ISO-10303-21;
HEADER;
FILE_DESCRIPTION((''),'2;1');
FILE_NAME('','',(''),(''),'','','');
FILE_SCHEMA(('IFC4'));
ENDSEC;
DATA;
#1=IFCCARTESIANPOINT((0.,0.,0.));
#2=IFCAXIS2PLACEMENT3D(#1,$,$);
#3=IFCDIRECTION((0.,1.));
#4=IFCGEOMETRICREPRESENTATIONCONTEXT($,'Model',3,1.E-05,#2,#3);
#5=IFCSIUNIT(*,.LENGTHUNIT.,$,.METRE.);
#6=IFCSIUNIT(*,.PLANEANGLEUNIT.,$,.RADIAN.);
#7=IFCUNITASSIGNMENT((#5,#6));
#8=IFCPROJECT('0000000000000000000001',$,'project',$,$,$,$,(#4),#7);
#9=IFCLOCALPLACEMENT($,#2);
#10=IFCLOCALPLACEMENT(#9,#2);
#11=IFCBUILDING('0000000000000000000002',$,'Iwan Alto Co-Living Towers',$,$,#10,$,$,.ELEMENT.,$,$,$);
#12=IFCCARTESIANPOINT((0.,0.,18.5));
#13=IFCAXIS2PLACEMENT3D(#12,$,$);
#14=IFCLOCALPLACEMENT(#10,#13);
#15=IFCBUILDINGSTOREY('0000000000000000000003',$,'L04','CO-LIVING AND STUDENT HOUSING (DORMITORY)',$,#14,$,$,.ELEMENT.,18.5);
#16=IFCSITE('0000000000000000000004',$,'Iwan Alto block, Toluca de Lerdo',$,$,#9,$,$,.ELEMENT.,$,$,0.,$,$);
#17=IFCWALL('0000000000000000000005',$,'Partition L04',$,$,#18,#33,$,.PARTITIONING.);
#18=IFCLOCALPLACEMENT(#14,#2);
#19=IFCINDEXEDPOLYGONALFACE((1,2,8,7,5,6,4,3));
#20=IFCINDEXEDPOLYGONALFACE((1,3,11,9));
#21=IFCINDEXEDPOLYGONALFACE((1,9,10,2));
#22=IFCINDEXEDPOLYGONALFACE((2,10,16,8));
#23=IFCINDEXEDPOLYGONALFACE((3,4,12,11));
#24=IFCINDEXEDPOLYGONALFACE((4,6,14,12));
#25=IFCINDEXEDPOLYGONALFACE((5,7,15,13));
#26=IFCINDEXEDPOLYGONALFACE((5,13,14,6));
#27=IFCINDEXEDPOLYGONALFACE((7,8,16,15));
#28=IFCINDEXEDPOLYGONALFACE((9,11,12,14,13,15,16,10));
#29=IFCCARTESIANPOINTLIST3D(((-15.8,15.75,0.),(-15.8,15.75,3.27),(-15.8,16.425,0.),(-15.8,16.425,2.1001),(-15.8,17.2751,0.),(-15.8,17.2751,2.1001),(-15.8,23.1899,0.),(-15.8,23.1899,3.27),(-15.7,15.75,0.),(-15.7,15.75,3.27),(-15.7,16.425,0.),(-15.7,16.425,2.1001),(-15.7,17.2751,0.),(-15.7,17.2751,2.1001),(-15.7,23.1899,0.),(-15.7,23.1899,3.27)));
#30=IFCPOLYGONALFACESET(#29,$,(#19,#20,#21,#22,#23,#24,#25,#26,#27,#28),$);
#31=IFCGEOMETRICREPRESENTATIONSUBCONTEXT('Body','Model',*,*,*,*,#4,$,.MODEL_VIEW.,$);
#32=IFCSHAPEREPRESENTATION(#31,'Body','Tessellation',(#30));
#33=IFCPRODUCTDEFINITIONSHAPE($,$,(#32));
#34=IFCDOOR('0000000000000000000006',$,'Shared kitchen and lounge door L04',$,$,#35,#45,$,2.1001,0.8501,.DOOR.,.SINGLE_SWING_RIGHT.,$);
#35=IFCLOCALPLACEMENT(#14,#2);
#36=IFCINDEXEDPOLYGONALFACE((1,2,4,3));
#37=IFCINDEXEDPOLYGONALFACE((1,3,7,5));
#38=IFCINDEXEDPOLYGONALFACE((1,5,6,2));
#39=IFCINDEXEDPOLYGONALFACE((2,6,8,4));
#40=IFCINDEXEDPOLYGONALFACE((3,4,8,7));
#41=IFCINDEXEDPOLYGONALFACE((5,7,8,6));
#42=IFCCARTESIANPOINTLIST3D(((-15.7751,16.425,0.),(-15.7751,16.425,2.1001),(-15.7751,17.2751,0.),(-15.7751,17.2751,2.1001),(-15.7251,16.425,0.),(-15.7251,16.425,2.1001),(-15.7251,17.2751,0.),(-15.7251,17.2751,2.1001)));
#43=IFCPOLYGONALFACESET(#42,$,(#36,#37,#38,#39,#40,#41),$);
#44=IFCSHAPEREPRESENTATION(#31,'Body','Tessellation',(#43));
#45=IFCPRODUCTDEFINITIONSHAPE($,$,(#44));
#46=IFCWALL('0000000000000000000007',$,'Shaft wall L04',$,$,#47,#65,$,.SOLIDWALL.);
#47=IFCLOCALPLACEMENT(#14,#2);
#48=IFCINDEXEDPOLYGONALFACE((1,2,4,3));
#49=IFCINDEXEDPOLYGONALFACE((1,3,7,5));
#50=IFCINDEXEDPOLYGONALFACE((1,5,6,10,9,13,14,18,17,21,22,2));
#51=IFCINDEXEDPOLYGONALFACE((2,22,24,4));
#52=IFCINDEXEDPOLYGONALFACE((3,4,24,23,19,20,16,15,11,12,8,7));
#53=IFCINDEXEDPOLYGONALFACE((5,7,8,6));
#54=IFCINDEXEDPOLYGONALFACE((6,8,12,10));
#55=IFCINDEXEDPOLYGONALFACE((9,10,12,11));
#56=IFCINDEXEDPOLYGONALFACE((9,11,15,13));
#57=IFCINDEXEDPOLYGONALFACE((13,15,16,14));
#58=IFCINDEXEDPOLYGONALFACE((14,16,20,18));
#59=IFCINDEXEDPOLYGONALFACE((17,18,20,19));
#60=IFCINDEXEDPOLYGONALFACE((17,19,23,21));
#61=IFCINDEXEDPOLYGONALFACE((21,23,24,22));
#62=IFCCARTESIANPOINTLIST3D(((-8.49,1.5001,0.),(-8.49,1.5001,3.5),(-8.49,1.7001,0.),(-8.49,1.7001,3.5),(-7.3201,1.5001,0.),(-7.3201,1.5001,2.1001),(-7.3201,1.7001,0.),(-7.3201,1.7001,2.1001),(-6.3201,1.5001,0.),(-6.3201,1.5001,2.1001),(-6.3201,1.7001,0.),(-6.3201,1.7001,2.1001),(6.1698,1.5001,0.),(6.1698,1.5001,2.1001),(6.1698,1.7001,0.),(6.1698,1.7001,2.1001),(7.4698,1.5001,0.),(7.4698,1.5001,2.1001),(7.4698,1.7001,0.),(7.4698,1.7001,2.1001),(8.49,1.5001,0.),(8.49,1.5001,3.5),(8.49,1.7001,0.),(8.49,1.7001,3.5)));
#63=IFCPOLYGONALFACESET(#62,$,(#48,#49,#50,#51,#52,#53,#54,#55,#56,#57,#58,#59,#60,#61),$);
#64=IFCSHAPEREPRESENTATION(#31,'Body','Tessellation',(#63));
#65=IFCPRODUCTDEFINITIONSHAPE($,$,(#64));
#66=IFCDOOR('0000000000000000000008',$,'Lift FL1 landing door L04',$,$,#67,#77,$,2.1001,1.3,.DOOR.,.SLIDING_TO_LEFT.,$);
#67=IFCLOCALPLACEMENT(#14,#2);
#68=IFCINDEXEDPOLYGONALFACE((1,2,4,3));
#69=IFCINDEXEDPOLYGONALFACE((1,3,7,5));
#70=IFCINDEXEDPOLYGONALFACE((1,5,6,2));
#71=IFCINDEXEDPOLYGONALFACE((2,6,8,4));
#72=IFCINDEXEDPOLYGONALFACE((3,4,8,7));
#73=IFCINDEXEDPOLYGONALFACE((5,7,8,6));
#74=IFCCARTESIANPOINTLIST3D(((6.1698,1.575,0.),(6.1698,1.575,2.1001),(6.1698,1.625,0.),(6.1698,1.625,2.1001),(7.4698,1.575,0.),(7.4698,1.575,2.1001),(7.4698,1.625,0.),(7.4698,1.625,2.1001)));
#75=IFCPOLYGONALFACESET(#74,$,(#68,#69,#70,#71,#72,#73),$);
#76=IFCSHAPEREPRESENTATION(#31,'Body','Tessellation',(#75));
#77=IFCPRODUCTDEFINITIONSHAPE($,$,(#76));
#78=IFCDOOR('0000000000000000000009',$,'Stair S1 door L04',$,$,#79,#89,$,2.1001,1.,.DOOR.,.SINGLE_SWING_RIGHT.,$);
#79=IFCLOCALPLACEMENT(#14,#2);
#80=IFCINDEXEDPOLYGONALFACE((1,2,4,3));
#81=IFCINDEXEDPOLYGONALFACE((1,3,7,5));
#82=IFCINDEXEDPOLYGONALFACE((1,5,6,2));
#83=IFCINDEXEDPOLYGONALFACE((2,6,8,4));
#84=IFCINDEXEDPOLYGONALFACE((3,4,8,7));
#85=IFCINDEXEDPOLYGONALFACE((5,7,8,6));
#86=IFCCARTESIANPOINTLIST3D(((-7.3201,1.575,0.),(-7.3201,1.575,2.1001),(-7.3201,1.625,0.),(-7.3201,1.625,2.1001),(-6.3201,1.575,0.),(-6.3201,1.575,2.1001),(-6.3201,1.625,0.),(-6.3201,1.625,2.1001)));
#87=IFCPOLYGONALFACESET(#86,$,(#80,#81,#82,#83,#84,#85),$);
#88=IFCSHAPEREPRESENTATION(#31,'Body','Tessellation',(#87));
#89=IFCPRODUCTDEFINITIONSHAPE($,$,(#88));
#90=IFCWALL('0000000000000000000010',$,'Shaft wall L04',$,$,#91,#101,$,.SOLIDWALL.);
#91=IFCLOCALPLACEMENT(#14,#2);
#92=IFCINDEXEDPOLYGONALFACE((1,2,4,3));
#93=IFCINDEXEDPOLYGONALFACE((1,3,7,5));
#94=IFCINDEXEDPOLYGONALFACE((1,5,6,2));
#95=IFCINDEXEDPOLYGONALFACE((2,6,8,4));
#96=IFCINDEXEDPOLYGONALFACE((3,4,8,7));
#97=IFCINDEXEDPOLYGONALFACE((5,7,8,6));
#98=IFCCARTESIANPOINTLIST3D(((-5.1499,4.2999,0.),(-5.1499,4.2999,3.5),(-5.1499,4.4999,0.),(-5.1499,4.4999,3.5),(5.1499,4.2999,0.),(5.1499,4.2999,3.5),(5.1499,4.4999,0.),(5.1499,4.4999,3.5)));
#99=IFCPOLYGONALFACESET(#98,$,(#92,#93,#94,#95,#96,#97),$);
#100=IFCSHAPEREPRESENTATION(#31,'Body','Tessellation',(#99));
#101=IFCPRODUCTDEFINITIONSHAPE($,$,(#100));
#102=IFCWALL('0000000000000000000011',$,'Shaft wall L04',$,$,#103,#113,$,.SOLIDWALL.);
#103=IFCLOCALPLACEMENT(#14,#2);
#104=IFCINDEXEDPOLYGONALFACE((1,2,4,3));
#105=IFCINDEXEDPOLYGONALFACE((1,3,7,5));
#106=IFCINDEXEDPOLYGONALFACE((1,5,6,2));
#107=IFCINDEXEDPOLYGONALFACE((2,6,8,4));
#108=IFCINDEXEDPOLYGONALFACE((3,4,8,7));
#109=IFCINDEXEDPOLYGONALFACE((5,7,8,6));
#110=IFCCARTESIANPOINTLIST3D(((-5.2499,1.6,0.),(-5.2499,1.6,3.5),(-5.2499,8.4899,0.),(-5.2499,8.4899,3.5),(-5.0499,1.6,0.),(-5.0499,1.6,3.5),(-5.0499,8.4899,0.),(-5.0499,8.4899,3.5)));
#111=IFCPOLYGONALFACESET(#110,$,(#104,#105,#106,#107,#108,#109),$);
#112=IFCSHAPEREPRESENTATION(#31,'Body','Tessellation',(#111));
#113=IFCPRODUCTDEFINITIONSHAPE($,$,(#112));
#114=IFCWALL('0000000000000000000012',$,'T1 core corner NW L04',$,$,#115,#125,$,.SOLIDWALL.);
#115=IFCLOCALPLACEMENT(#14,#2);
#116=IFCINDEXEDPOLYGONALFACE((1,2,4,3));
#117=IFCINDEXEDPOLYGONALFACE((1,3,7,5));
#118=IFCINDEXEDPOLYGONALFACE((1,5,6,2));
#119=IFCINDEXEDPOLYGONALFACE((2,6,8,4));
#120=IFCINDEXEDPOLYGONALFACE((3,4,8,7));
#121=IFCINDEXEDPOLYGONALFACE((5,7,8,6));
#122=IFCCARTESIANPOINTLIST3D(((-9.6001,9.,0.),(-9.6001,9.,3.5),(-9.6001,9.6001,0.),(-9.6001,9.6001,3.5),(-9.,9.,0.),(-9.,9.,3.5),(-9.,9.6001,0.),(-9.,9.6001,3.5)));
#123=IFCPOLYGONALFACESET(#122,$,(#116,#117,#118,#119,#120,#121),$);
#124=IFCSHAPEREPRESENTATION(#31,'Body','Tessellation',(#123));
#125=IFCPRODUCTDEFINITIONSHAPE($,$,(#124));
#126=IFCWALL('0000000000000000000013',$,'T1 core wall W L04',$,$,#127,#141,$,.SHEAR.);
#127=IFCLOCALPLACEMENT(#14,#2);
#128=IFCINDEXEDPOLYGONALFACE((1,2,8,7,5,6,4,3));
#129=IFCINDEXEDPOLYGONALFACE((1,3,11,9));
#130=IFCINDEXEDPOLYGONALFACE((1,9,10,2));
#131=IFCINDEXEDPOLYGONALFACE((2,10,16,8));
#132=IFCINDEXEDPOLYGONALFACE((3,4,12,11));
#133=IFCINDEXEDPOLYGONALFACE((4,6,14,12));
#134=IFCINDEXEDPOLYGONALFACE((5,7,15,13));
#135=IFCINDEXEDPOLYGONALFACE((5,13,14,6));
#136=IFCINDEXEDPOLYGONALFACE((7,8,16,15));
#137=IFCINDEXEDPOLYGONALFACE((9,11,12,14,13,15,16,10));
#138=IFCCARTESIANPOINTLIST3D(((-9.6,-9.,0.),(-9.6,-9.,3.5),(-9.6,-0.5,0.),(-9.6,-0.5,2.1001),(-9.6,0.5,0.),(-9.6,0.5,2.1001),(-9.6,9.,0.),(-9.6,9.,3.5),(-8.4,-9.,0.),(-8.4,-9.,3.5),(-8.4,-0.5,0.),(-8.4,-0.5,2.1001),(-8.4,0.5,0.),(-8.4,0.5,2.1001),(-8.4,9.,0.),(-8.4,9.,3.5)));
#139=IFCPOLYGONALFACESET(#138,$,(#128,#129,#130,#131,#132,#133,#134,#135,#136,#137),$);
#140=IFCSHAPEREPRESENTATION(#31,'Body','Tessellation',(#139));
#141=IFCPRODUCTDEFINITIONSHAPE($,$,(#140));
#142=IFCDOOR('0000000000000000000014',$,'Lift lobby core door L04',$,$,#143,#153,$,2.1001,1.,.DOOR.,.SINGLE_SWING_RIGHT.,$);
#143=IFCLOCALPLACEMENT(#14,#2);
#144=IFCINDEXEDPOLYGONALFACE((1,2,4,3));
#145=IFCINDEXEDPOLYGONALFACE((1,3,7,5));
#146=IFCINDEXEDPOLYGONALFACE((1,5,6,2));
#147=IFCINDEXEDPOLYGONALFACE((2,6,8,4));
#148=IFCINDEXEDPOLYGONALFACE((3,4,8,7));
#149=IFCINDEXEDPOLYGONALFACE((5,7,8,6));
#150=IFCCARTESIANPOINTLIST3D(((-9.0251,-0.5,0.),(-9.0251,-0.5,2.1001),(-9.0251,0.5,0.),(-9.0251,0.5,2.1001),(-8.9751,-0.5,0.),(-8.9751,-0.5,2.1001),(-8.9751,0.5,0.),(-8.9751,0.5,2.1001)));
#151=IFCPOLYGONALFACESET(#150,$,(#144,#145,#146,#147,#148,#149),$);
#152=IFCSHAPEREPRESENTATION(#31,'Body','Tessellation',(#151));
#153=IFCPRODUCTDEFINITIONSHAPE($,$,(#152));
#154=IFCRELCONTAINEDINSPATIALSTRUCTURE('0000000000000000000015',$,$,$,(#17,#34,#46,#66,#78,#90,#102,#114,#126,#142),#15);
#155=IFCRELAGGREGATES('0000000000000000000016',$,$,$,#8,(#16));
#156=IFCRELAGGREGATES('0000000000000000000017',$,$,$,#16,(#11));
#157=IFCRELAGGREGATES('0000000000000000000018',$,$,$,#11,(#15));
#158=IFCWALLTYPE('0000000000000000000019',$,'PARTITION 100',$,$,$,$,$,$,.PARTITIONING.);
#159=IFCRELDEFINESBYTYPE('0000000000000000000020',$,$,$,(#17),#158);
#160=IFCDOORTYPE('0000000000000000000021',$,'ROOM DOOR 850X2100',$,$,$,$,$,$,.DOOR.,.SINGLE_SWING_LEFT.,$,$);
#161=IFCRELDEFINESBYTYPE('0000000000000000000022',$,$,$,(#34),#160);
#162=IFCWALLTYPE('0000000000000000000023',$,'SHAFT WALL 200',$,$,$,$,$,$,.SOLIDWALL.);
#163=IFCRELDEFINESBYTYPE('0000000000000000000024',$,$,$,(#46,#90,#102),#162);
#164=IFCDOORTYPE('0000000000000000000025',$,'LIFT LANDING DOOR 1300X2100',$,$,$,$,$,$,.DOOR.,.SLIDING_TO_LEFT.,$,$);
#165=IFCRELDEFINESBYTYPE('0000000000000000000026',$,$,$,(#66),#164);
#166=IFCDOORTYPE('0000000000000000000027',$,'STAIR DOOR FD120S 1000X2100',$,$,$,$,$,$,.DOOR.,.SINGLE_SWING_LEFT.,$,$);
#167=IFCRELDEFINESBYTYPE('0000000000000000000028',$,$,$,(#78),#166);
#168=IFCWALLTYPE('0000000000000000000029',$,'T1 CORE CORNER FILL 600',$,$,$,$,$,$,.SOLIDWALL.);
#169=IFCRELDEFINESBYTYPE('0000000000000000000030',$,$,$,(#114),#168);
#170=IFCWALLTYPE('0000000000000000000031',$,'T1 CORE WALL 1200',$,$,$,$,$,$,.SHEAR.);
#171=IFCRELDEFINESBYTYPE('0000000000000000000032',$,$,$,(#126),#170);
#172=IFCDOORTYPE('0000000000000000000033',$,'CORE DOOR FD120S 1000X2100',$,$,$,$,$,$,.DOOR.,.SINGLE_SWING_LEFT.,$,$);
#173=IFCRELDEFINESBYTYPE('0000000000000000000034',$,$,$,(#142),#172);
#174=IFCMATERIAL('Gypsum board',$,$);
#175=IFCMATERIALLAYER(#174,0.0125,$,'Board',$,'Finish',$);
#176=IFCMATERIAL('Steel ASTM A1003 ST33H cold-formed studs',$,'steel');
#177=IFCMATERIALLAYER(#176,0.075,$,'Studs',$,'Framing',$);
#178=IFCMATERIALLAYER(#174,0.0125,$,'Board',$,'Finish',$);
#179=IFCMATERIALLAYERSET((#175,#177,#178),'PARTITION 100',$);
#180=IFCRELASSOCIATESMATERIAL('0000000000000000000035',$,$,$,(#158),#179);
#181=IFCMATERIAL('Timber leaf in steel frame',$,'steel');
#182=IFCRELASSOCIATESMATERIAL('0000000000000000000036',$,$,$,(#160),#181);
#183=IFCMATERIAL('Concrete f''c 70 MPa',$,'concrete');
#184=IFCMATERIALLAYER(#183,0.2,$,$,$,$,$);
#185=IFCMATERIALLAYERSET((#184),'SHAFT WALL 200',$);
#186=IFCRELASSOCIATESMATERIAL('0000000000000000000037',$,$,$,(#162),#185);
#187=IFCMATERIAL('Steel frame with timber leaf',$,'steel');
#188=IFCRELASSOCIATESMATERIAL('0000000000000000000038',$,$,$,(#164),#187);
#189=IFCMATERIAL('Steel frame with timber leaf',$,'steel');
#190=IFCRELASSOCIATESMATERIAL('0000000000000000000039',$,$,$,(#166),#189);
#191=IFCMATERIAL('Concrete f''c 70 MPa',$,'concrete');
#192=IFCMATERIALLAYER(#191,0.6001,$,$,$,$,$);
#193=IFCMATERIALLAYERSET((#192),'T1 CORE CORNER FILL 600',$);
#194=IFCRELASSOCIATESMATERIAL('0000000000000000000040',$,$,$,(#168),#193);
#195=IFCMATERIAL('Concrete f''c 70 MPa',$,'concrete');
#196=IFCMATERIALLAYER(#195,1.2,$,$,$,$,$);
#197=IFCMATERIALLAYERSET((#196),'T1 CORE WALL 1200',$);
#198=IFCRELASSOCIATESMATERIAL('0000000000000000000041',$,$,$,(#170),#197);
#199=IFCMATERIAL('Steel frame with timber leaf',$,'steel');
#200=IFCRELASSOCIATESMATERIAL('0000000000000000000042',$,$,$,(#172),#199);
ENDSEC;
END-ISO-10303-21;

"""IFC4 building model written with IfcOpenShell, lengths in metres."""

from ifc_helpers import new_model, si_unit, direction, frame, frame_2d, origin, place, context, subcontext, project, spatial, rectangle, extrude, material, layer, layer_set, type_object, element, fill, save


model = new_model("IFC4")

# Units and contexts
model_context = context("Model", 3, precision=1e-05, world=origin(), true_north=direction((0.0, 1.0)))
body_context = subcontext(model_context, "Body", "Model", "MODEL_VIEW")
ifc_project = project(units=[si_unit("LENGTHUNIT", "METRE"), si_unit("PLANEANGLEUNIT", "RADIAN")], contexts=[model_context])

# Site, building, storey
site_placement = place(None, origin())
site = spatial("IfcSite", under=ifc_project, at=site_placement, Name="Iwan Alto block, Toluca de Lerdo", CompositionType="ELEMENT", RefElevation=0.0)
building_placement = place(site_placement, origin())
building = spatial("IfcBuilding", under=site, at=building_placement, Name="Iwan Alto Co-Living Towers", CompositionType="ELEMENT")
storey_placement = place(building_placement, frame((0.0, 0.0, 18.5)))
storey = spatial("IfcBuildingStorey", under=building, at=storey_placement, Name="L04", Description="CO-LIVING AND STUDENT HOUSING (DORMITORY)", CompositionType="ELEMENT", Elevation=18.5)

# Shared definitions
ifc_material_1 = material(Name="Gypsum board")
ifc_material_2 = material(Name="Steel ASTM A1003 ST33H cold-formed studs", Category="steel")

# Shared definitions
ifc_layer_1 = layer(ifc_material_1, 0.0125, Name="Board", Category="Finish")
ifc_layer_2 = layer(ifc_material_2, 0.075, Name="Studs", Category="Framing")
ifc_layer_3 = layer(ifc_material_1, 0.0125, Name="Board", Category="Finish")
ifc_layer_set_1 = layer_set([ifc_layer_1, ifc_layer_2, ifc_layer_3], Name="PARTITION 100")
wall_type_1 = type_object("IfcWallType", Name="PARTITION 100", PredefinedType="PARTITIONING", material=ifc_layer_set_1)

# Wall, opening, door
wall_1_placement = place(storey_placement, frame((-15.75, 15.75, 0.0), z_axis=(0.0, 0.0, 1.0), x_axis=(0.0, 1.0, 0.0)))
wall_1 = element("IfcWall", 1, at=wall_1_placement, inside=storey, type_object=wall_type_1, Name="Partition L04", PredefinedType="PARTITIONING", context=body_context, shape_type="SweptSolid", body=[
    extrude(rectangle(XDim=7.4399, YDim=0.1001, at=frame_2d((3.72, 0.0))), origin(), (0.0, 0.0, 1.0), 3.27),
])
opening_1_placement = place(wall_1_placement, frame((0.675, 0.0, 0.0)))
opening_1 = element("IfcOpeningElement", 2, at=opening_1_placement, cuts=wall_1, PredefinedType="OPENING", context=body_context, shape_type="SweptSolid", body=[
    extrude(rectangle(XDim=0.8501, YDim=2.1001, at=frame_2d((0.425, 1.05))), frame((0.0, 0.0601, 0.0), z_axis=(0.0, -1.0, 0.0), x_axis=(1.0, 0.0, 0.0)), (0.0, 0.0, 1.0), 0.1201),
])
ifc_material_3 = material(Name="Timber leaf in steel frame", Category="steel")
door_type_1 = type_object("IfcDoorType", Name="ROOM DOOR 850X2100", OperationType="SINGLE_SWING_LEFT", PredefinedType="DOOR", material=ifc_material_3)
door_1_placement = place(opening_1_placement, frame((0.8501, 0.0, 0.0), z_axis=(0.0, 0.0, 1.0), x_axis=(-1.0, 0.0, 0.0)))
door_1 = element("IfcDoor", 3, at=door_1_placement, inside=storey, type_object=door_type_1, Name="Shared kitchen and lounge door L04", OperationType="SINGLE_SWING_RIGHT", OverallHeight=2.1001, OverallWidth=0.8501, PredefinedType="DOOR", context=body_context, shape_type="SweptSolid", body=[
    extrude(rectangle(XDim=0.8501, YDim=2.1001, at=frame_2d((0.425, 1.05))), frame((0.0, 0.0249, 0.0), z_axis=(0.0, -1.0, 0.0), x_axis=(1.0, 0.0, 0.0)), (0.0, 0.0, 1.0), 0.05),
])
fill(opening_1, door_1)

# Wall, openings, doors
ifc_material_4 = material(Name="Concrete f'c 70 MPa", Category="concrete")
ifc_layer_4 = layer(ifc_material_4, 0.2)
ifc_layer_set_2 = layer_set([ifc_layer_4], Name="SHAFT WALL 200")
wall_type_2 = type_object("IfcWallType", Name="SHAFT WALL 200", PredefinedType="SOLIDWALL", material=ifc_layer_set_2)
wall_2_placement = place(storey_placement, frame((-8.49, 1.6001, 0.0), z_axis=(0.0, 0.0, 1.0), x_axis=(1.0, 0.0, 0.0)))
wall_2 = element("IfcWall", 4, at=wall_2_placement, inside=storey, type_object=wall_type_2, Name="Shaft wall L04", PredefinedType="SOLIDWALL", context=body_context, shape_type="SweptSolid", body=[
    extrude(rectangle(XDim=16.98, YDim=0.2, at=frame_2d((8.49, 0.0))), origin(), (0.0, 0.0, 1.0), 3.5),
])
opening_2_placement = place(wall_2_placement, frame((1.1699, 0.0, 0.0)))
opening_2 = element("IfcOpeningElement", 5, at=opening_2_placement, cuts=wall_2, PredefinedType="OPENING", context=body_context, shape_type="SweptSolid", body=[
    extrude(rectangle(XDim=1.0, YDim=2.1001, at=frame_2d((0.5, 1.05))), frame((0.0, 0.1099, 0.0), z_axis=(0.0, -1.0, 0.0), x_axis=(1.0, 0.0, 0.0)), (0.0, 0.0, 1.0), 0.22),
])
opening_3_placement = place(wall_2_placement, frame((14.6599, 0.0, 0.0)))
opening_3 = element("IfcOpeningElement", 6, at=opening_3_placement, cuts=wall_2, PredefinedType="OPENING", context=body_context, shape_type="SweptSolid", body=[
    extrude(rectangle(XDim=1.3, YDim=2.1001, at=frame_2d((0.6499, 1.05))), frame((0.0, 0.1099, 0.0), z_axis=(0.0, -1.0, 0.0), x_axis=(1.0, 0.0, 0.0)), (0.0, 0.0, 1.0), 0.22),
])
ifc_material_5 = material(Name="Steel frame with timber leaf", Category="steel")
door_type_2 = type_object("IfcDoorType", Name="LIFT LANDING DOOR 1300X2100", OperationType="SLIDING_TO_LEFT", PredefinedType="DOOR", material=ifc_material_5)
door_2_placement = place(opening_3_placement, origin())
door_2 = element("IfcDoor", 7, at=door_2_placement, inside=storey, type_object=door_type_2, Name="Lift FL1 landing door L04", OperationType="SLIDING_TO_LEFT", OverallHeight=2.1001, OverallWidth=1.3, PredefinedType="DOOR", context=body_context, shape_type="SweptSolid", body=[
    extrude(rectangle(XDim=1.3, YDim=2.1001, at=frame_2d((0.6499, 1.05))), frame((0.0, 0.0249, 0.0), z_axis=(0.0, -1.0, 0.0), x_axis=(1.0, 0.0, 0.0)), (0.0, 0.0, 1.0), 0.05),
])
fill(opening_3, door_2)
ifc_material_6 = material(Name="Steel frame with timber leaf", Category="steel")
door_type_3 = type_object("IfcDoorType", Name="STAIR DOOR FD120S 1000X2100", OperationType="SINGLE_SWING_LEFT", PredefinedType="DOOR", material=ifc_material_6)
door_3_placement = place(opening_2_placement, origin())
door_3 = element("IfcDoor", 8, at=door_3_placement, inside=storey, type_object=door_type_3, Name="Stair S1 door L04", OperationType="SINGLE_SWING_RIGHT", OverallHeight=2.1001, OverallWidth=1.0, PredefinedType="DOOR", context=body_context, shape_type="SweptSolid", body=[
    extrude(rectangle(XDim=1.0, YDim=2.1001, at=frame_2d((0.5, 1.05))), frame((0.0, 0.0249, 0.0), z_axis=(0.0, -1.0, 0.0), x_axis=(1.0, 0.0, 0.0)), (0.0, 0.0, 1.0), 0.05),
])
fill(opening_2, door_3)

# Walls
wall_3_placement = place(storey_placement, frame((-5.1499, 4.3999, 0.0), z_axis=(0.0, 0.0, 1.0), x_axis=(1.0, 0.0, 0.0)))
element("IfcWall", 9, at=wall_3_placement, inside=storey, type_object=wall_type_2, Name="Shaft wall L04", PredefinedType="SOLIDWALL", context=body_context, shape_type="SweptSolid", body=[
    extrude(rectangle(XDim=10.2998, YDim=0.2, at=frame_2d((5.1499, 0.0))), origin(), (0.0, 0.0, 1.0), 3.5),
])
wall_4_placement = place(storey_placement, frame((-5.1499, 1.6001, 0.0), z_axis=(0.0, 0.0, 1.0), x_axis=(0.0, 1.0, 0.0)))
element("IfcWall", 10, at=wall_4_placement, inside=storey, type_object=wall_type_2, Name="Shaft wall L04", PredefinedType="SOLIDWALL", context=body_context, shape_type="SweptSolid", body=[
    extrude(rectangle(XDim=6.8899, YDim=0.2, at=frame_2d((3.4448, 0.0))), origin(), (0.0, 0.0, 1.0), 3.5),
])
ifc_material_7 = material(Name="Concrete f'c 70 MPa", Category="concrete")
ifc_layer_5 = layer(ifc_material_7, 0.6001)
ifc_layer_set_3 = layer_set([ifc_layer_5], Name="T1 CORE CORNER FILL 600")
wall_type_3 = type_object("IfcWallType", Name="T1 CORE CORNER FILL 600", PredefinedType="SOLIDWALL", material=ifc_layer_set_3)
wall_5_placement = place(storey_placement, frame((-9.6001, 9.3, 0.0), z_axis=(0.0, 0.0, 1.0), x_axis=(1.0, 0.0, 0.0)))
element("IfcWall", 11, at=wall_5_placement, inside=storey, type_object=wall_type_3, Name="T1 core corner NW L04", PredefinedType="SOLIDWALL", context=body_context, shape_type="SweptSolid", body=[
    extrude(rectangle(XDim=0.6001, YDim=0.6001, at=frame_2d((0.3, 0.0))), origin(), (0.0, 0.0, 1.0), 3.5),
])

# Wall, opening, door
ifc_material_8 = material(Name="Concrete f'c 70 MPa", Category="concrete")
ifc_layer_6 = layer(ifc_material_8, 1.2)
ifc_layer_set_4 = layer_set([ifc_layer_6], Name="T1 CORE WALL 1200")
wall_type_4 = type_object("IfcWallType", Name="T1 CORE WALL 1200", PredefinedType="SHEAR", material=ifc_layer_set_4)
wall_6_placement = place(storey_placement, frame((-9.0, 9.0, 0.0), z_axis=(0.0, 0.0, 1.0), x_axis=(0.0, -1.0, 0.0)))
wall_6 = element("IfcWall", 12, at=wall_6_placement, inside=storey, type_object=wall_type_4, Name="T1 core wall W L04", PredefinedType="SHEAR", context=body_context, shape_type="SweptSolid", body=[
    extrude(rectangle(XDim=18.0, YDim=1.2, at=frame_2d((9.0, 0.0))), origin(), (0.0, 0.0, 1.0), 3.5),
])
opening_4_placement = place(wall_6_placement, frame((8.5, 0.0, 0.0)))
opening_4 = element("IfcOpeningElement", 13, at=opening_4_placement, cuts=wall_6, PredefinedType="OPENING", context=body_context, shape_type="SweptSolid", body=[
    extrude(rectangle(XDim=1.0, YDim=2.1001, at=frame_2d((0.5, 1.05))), frame((0.0, 0.6099, 0.0), z_axis=(0.0, -1.0, 0.0), x_axis=(1.0, 0.0, 0.0)), (0.0, 0.0, 1.0), 1.22),
])
ifc_material_9 = material(Name="Steel frame with timber leaf", Category="steel")
door_type_4 = type_object("IfcDoorType", Name="CORE DOOR FD120S 1000X2100", OperationType="SINGLE_SWING_LEFT", PredefinedType="DOOR", material=ifc_material_9)
door_4_placement = place(opening_4_placement, origin())
door_4 = element("IfcDoor", 14, at=door_4_placement, inside=storey, type_object=door_type_4, Name="Lift lobby core door L04", OperationType="SINGLE_SWING_RIGHT", OverallHeight=2.1001, OverallWidth=1.0, PredefinedType="DOOR", context=body_context, shape_type="SweptSolid", body=[
    extrude(rectangle(XDim=1.0, YDim=2.1001, at=frame_2d((0.5, 1.05))), frame((0.0, 0.0249, 0.0), z_axis=(0.0, -1.0, 0.0), x_axis=(1.0, 0.0, 0.0)), (0.0, 0.0, 1.0), 0.05),
])
fill(opening_4, door_4)

save(model, "model.ifc")
